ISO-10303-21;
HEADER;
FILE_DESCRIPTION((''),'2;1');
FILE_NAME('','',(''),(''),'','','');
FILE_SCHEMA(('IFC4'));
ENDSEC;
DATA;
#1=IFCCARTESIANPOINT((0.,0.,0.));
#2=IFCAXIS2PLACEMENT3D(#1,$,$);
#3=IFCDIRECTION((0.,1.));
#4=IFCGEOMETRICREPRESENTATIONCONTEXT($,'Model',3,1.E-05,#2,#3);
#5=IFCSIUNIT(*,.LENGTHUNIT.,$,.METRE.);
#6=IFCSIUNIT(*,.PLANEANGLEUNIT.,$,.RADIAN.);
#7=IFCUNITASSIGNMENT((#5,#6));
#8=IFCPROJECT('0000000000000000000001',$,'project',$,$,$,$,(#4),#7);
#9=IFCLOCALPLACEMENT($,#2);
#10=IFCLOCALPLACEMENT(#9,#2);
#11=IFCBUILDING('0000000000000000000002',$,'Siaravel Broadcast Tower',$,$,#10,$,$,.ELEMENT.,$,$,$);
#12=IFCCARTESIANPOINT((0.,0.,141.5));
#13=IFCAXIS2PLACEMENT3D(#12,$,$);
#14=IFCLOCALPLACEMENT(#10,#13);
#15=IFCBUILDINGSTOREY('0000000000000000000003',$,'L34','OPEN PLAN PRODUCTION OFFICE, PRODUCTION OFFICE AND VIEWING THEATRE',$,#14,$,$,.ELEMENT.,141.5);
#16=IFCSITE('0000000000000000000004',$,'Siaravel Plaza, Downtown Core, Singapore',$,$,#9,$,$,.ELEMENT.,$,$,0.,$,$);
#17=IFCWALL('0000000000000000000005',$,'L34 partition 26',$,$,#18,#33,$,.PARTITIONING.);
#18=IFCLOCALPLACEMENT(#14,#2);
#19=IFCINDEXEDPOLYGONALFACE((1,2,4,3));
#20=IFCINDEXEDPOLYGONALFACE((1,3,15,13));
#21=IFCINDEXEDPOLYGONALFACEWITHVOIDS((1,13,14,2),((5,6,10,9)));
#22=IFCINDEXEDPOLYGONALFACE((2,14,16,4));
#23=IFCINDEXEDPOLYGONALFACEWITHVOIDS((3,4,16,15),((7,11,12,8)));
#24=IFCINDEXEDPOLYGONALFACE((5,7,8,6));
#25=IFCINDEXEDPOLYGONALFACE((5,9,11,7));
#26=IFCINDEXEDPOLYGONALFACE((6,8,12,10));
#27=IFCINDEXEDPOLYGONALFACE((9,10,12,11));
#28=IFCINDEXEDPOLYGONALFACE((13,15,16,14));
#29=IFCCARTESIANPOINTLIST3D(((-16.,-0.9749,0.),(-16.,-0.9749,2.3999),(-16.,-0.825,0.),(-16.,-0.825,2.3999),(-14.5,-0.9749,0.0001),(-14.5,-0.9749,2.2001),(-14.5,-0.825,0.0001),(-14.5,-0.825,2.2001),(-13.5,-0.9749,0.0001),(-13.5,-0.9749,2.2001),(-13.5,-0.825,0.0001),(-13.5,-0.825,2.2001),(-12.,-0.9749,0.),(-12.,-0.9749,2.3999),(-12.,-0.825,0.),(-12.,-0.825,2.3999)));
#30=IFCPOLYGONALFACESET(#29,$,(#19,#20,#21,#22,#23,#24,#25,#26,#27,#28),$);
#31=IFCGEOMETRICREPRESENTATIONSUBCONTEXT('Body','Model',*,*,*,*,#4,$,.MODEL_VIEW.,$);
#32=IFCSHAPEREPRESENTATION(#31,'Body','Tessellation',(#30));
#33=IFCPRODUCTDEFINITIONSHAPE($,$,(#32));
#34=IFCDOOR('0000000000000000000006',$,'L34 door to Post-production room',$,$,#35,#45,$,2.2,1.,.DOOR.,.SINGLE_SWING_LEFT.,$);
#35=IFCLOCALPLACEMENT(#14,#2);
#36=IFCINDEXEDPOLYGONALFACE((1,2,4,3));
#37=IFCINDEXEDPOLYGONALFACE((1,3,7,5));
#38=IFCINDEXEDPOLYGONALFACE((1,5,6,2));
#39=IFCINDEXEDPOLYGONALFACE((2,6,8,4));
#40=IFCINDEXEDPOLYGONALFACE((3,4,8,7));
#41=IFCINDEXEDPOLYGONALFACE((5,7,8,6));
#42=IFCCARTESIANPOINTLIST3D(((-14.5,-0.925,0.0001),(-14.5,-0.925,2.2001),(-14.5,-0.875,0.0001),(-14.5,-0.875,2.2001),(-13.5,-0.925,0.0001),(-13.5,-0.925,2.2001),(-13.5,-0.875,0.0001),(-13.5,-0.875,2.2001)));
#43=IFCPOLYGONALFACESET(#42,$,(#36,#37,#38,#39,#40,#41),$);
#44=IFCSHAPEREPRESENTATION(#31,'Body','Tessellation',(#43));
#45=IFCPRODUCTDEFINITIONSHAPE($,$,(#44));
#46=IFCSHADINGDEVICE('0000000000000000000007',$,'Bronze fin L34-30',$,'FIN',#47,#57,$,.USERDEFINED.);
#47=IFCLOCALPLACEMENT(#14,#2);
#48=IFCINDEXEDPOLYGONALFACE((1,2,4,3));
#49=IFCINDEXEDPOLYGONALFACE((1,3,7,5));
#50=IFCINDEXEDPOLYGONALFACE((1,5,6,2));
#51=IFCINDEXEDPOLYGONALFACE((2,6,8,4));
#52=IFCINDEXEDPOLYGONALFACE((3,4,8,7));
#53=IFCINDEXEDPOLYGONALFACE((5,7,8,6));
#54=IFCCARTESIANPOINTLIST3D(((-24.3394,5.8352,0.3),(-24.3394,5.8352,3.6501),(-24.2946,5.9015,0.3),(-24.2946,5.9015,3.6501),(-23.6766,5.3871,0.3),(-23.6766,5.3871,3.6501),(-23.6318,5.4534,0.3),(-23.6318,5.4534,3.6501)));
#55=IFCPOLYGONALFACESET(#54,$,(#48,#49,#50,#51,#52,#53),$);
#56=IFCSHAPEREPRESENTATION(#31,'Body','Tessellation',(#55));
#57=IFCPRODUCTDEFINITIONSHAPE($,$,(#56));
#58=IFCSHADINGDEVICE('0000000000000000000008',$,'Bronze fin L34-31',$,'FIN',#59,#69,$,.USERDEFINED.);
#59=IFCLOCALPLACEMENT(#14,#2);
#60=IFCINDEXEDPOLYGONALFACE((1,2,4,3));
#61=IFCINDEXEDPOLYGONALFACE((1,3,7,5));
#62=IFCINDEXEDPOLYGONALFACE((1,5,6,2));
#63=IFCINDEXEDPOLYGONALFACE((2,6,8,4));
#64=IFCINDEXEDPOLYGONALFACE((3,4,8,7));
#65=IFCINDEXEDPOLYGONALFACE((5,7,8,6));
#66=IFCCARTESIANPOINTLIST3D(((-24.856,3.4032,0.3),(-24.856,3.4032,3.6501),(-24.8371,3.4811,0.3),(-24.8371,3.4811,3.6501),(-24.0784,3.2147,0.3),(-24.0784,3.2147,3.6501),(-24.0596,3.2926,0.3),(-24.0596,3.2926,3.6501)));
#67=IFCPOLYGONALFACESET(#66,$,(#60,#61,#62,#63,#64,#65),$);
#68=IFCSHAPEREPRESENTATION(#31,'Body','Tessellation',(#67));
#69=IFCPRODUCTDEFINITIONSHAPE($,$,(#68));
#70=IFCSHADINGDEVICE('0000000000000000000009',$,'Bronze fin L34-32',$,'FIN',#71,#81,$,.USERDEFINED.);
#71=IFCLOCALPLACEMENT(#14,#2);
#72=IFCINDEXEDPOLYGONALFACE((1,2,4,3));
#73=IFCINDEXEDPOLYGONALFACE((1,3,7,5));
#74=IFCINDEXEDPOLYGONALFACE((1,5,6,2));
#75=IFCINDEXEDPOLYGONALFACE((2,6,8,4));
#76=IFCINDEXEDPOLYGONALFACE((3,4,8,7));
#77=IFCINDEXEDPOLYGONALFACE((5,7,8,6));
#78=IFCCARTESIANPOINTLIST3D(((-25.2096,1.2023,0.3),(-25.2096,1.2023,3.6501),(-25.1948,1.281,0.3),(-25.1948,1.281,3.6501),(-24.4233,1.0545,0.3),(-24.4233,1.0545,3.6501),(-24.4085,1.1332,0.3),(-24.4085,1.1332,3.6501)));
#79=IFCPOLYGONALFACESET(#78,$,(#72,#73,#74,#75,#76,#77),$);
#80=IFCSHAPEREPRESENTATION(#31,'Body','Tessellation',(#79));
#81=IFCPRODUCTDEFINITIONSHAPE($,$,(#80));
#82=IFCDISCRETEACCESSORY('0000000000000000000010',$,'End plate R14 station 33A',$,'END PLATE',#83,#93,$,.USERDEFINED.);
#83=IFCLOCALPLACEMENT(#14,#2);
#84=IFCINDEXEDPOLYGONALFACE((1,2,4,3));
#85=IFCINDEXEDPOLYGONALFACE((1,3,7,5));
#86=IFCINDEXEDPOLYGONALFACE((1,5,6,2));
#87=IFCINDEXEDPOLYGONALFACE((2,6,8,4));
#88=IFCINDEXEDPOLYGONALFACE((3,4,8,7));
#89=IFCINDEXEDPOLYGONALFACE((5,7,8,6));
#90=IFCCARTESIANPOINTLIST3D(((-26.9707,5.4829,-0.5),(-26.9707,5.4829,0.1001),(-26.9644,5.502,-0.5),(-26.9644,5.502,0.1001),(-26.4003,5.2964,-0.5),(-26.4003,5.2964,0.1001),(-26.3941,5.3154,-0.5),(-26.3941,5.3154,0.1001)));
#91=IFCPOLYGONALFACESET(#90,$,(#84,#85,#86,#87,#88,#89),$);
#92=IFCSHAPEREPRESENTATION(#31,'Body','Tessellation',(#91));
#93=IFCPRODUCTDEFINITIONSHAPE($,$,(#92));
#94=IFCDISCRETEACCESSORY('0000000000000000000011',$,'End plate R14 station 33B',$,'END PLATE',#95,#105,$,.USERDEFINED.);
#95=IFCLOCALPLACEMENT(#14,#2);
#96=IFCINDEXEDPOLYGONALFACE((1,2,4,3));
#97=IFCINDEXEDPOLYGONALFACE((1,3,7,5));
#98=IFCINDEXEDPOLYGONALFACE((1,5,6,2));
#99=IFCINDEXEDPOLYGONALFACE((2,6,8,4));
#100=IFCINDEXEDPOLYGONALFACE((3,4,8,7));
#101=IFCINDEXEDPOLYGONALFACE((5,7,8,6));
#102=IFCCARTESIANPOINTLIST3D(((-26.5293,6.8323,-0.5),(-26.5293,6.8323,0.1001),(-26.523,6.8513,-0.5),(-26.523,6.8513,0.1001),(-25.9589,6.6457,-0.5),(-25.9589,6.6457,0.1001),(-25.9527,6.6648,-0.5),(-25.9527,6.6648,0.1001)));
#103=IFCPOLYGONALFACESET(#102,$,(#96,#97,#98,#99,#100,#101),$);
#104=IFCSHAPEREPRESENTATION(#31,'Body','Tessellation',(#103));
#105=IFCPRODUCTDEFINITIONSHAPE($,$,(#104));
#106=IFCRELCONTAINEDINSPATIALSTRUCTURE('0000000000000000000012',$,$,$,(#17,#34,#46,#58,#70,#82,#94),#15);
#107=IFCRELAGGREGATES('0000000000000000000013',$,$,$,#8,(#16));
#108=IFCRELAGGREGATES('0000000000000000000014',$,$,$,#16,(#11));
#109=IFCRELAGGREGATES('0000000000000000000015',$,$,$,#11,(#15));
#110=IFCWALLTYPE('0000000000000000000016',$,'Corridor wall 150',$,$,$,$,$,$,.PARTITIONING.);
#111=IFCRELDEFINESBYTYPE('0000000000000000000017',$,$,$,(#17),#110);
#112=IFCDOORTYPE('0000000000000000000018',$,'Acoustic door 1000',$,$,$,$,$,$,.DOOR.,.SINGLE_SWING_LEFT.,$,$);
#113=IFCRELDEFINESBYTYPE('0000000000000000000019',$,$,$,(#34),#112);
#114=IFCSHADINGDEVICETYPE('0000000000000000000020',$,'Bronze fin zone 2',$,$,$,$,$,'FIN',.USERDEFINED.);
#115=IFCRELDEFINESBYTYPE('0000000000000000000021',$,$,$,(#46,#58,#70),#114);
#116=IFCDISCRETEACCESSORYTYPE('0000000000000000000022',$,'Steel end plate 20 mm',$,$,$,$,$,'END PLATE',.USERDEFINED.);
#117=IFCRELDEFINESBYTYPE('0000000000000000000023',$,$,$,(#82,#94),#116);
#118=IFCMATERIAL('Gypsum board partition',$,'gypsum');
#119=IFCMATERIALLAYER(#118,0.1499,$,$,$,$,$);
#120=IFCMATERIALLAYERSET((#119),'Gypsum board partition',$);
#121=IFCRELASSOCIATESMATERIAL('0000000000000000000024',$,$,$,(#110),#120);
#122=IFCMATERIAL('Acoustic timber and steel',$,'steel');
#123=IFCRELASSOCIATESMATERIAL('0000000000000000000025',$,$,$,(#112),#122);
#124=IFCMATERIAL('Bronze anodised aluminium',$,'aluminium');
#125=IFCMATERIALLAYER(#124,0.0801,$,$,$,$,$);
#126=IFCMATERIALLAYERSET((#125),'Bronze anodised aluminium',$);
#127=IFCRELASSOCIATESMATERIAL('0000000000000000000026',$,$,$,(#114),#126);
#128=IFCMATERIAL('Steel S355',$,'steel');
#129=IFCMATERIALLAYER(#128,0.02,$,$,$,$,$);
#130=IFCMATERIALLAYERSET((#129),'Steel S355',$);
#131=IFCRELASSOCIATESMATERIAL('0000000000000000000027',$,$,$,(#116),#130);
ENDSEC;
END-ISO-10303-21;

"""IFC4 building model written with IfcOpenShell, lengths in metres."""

from ifc_helpers import new_model, si_unit, direction, frame, frame_2d, origin, origin_2d, place, context, subcontext, project, spatial, rectangle, extrude, material, layer, layer_set, type_object, element, fill, save


model = new_model("IFC4")

# Units and contexts
model_context = context("Model", 3, precision=1e-05, world=origin(), true_north=direction((0.0, 1.0)))
body_context = subcontext(model_context, "Body", "Model", "MODEL_VIEW")
ifc_project = project(units=[si_unit("LENGTHUNIT", "METRE"), si_unit("PLANEANGLEUNIT", "RADIAN")], contexts=[model_context])

# Site, building, storey
site_placement = place(None, origin())
site = spatial("IfcSite", under=ifc_project, at=site_placement, Name="Siaravel Plaza, Downtown Core, Singapore", CompositionType="ELEMENT", RefElevation=0.0)
building_placement = place(site_placement, origin())
building = spatial("IfcBuilding", under=site, at=building_placement, Name="Siaravel Broadcast Tower", CompositionType="ELEMENT")
storey_placement = place(building_placement, frame((0.0, 0.0, 141.5)))
storey = spatial("IfcBuildingStorey", under=building, at=storey_placement, Name="L34", Description="OPEN PLAN PRODUCTION OFFICE, PRODUCTION OFFICE AND VIEWING THEATRE", CompositionType="ELEMENT", Elevation=141.5)

# Shared definitions
ifc_material_1 = material(Name="Steel S355", Category="steel")

# Wall, opening, door
ifc_material_2 = material(Name="Gypsum board partition", Category="gypsum")
ifc_layer_1 = layer(ifc_material_2, 0.1499)
ifc_layer_set_1 = layer_set([ifc_layer_1], Name="Gypsum board partition")
wall_type_1 = type_object("IfcWallType", Name="Corridor wall 150", PredefinedType="PARTITIONING", material=ifc_layer_set_1)
ifc_material_3 = material(Name="Acoustic timber and steel", Category="steel")
door_type_1 = type_object("IfcDoorType", Name="Acoustic door 1000", OperationType="SINGLE_SWING_LEFT", PredefinedType="DOOR", material=ifc_material_3)
wall_1_placement = place(storey_placement, frame((-16.0, -0.8999, 0.0), z_axis=(0.0, 0.0, 1.0), x_axis=(1.0, 0.0, 0.0)))
wall_1 = element("IfcWall", 1, at=wall_1_placement, inside=storey, type_object=wall_type_1, Name="L34 partition 26", PredefinedType="PARTITIONING", context=body_context, shape_type="SweptSolid", body=[
    extrude(rectangle(XDim=4.0, YDim=0.1499, at=frame_2d((2.0, 0.0))), origin(), (0.0, 0.0, 1.0), 2.3999),
])
opening_1_placement = place(wall_1_placement, frame((1.5, 0.0, 0.0)))
opening_1 = element("IfcOpeningElement", 2, at=opening_1_placement, cuts=wall_1, PredefinedType="OPENING", context=body_context, shape_type="SweptSolid", body=[
    extrude(rectangle(XDim=1.0, YDim=2.2, at=frame_2d((0.5, 1.1001))), frame((0.0, 0.085, 0.0), z_axis=(0.0, -1.0, 0.0), x_axis=(1.0, 0.0, 0.0)), (0.0, 0.0, 1.0), 0.1699),
])
door_1_placement = place(opening_1_placement, origin())
door_1 = element("IfcDoor", 3, at=door_1_placement, inside=storey, type_object=door_type_1, Name="L34 door to Post-production room", OperationType="SINGLE_SWING_LEFT", OverallHeight=2.2, OverallWidth=1.0, PredefinedType="DOOR", context=body_context, shape_type="SweptSolid", body=[
    extrude(rectangle(XDim=1.0, YDim=2.2, at=frame_2d((0.5, 1.1001))), frame((0.0, 0.0249, 0.0), z_axis=(0.0, -1.0, 0.0), x_axis=(1.0, 0.0, 0.0)), (0.0, 0.0, 1.0), 0.05),
])
fill(opening_1, door_1)

# Shading devices
ifc_material_4 = material(Name="Bronze anodised aluminium", Category="aluminium")
ifc_layer_2 = layer(ifc_material_4, 0.0801)
ifc_layer_set_2 = layer_set([ifc_layer_2], Name="Bronze anodised aluminium")
shading_device_type = type_object("IfcShadingDeviceType", Name="Bronze fin zone 2", ElementType="FIN", PredefinedType="USERDEFINED", material=ifc_layer_set_2)
for number, where, z_axis, x_axis, name in (
    (4, (-23.9856, 5.6443, 0.3), (0.0, 0.0, 1.0), (-0.828413, 0.560117, 0.0), "Bronze fin L34-30"),
    (5, (-24.4578, 3.3479, 0.3), (0.0, 0.0, 1.0), (-0.971853, 0.235587, 0.0), "Bronze fin L34-31"),
    (6, (-24.8091, 1.1677, 0.3), (0.0, 0.0, 1.0), (-0.982795, 0.184698, 0.0), "Bronze fin L34-32"),
):
    element("IfcShadingDevice", number, at=place(storey_placement, frame(where, z_axis=z_axis, x_axis=x_axis)), inside=storey, type_object=shading_device_type, Name=name, ObjectType="FIN", PredefinedType="USERDEFINED", context=body_context, shape_type="SweptSolid", body=[
        extrude(rectangle(XDim=0.8, YDim=0.0801, at=origin_2d()), origin(), (0.0, 0.0, 1.0), 3.3501),
    ])

# Discrete accessories
ifc_layer_3 = layer(ifc_material_1, 0.02)
ifc_layer_set_3 = layer_set([ifc_layer_3], Name="Steel S355")
discrete_accessory_type = type_object("IfcDiscreteAccessoryType", Name="Steel end plate 20 mm", ElementType="END PLATE", PredefinedType="USERDEFINED", material=ifc_layer_set_3)
for number, where, z_axis, x_axis, name in (
    (7, (-26.6824, 5.3992, -0.5), (0.0, 0.0, 1.0), (-0.310909, -0.95044, 0.0), "End plate R14 station 33A"),
    (8, (-26.241, 6.7485, -0.5), (0.0, 0.0, 1.0), (-0.310909, -0.95044, 0.0), "End plate R14 station 33B"),
):
    element("IfcDiscreteAccessory", number, at=place(storey_placement, frame(where, z_axis=z_axis, x_axis=x_axis)), inside=storey, type_object=discrete_accessory_type, Name=name, ObjectType="END PLATE", PredefinedType="USERDEFINED", context=body_context, shape_type="SweptSolid", body=[
        extrude(rectangle(XDim=0.02, YDim=0.6001, at=origin_2d()), origin(), (0.0, 0.0, 1.0), 0.6001),
    ])

save(model, "model.ifc")
